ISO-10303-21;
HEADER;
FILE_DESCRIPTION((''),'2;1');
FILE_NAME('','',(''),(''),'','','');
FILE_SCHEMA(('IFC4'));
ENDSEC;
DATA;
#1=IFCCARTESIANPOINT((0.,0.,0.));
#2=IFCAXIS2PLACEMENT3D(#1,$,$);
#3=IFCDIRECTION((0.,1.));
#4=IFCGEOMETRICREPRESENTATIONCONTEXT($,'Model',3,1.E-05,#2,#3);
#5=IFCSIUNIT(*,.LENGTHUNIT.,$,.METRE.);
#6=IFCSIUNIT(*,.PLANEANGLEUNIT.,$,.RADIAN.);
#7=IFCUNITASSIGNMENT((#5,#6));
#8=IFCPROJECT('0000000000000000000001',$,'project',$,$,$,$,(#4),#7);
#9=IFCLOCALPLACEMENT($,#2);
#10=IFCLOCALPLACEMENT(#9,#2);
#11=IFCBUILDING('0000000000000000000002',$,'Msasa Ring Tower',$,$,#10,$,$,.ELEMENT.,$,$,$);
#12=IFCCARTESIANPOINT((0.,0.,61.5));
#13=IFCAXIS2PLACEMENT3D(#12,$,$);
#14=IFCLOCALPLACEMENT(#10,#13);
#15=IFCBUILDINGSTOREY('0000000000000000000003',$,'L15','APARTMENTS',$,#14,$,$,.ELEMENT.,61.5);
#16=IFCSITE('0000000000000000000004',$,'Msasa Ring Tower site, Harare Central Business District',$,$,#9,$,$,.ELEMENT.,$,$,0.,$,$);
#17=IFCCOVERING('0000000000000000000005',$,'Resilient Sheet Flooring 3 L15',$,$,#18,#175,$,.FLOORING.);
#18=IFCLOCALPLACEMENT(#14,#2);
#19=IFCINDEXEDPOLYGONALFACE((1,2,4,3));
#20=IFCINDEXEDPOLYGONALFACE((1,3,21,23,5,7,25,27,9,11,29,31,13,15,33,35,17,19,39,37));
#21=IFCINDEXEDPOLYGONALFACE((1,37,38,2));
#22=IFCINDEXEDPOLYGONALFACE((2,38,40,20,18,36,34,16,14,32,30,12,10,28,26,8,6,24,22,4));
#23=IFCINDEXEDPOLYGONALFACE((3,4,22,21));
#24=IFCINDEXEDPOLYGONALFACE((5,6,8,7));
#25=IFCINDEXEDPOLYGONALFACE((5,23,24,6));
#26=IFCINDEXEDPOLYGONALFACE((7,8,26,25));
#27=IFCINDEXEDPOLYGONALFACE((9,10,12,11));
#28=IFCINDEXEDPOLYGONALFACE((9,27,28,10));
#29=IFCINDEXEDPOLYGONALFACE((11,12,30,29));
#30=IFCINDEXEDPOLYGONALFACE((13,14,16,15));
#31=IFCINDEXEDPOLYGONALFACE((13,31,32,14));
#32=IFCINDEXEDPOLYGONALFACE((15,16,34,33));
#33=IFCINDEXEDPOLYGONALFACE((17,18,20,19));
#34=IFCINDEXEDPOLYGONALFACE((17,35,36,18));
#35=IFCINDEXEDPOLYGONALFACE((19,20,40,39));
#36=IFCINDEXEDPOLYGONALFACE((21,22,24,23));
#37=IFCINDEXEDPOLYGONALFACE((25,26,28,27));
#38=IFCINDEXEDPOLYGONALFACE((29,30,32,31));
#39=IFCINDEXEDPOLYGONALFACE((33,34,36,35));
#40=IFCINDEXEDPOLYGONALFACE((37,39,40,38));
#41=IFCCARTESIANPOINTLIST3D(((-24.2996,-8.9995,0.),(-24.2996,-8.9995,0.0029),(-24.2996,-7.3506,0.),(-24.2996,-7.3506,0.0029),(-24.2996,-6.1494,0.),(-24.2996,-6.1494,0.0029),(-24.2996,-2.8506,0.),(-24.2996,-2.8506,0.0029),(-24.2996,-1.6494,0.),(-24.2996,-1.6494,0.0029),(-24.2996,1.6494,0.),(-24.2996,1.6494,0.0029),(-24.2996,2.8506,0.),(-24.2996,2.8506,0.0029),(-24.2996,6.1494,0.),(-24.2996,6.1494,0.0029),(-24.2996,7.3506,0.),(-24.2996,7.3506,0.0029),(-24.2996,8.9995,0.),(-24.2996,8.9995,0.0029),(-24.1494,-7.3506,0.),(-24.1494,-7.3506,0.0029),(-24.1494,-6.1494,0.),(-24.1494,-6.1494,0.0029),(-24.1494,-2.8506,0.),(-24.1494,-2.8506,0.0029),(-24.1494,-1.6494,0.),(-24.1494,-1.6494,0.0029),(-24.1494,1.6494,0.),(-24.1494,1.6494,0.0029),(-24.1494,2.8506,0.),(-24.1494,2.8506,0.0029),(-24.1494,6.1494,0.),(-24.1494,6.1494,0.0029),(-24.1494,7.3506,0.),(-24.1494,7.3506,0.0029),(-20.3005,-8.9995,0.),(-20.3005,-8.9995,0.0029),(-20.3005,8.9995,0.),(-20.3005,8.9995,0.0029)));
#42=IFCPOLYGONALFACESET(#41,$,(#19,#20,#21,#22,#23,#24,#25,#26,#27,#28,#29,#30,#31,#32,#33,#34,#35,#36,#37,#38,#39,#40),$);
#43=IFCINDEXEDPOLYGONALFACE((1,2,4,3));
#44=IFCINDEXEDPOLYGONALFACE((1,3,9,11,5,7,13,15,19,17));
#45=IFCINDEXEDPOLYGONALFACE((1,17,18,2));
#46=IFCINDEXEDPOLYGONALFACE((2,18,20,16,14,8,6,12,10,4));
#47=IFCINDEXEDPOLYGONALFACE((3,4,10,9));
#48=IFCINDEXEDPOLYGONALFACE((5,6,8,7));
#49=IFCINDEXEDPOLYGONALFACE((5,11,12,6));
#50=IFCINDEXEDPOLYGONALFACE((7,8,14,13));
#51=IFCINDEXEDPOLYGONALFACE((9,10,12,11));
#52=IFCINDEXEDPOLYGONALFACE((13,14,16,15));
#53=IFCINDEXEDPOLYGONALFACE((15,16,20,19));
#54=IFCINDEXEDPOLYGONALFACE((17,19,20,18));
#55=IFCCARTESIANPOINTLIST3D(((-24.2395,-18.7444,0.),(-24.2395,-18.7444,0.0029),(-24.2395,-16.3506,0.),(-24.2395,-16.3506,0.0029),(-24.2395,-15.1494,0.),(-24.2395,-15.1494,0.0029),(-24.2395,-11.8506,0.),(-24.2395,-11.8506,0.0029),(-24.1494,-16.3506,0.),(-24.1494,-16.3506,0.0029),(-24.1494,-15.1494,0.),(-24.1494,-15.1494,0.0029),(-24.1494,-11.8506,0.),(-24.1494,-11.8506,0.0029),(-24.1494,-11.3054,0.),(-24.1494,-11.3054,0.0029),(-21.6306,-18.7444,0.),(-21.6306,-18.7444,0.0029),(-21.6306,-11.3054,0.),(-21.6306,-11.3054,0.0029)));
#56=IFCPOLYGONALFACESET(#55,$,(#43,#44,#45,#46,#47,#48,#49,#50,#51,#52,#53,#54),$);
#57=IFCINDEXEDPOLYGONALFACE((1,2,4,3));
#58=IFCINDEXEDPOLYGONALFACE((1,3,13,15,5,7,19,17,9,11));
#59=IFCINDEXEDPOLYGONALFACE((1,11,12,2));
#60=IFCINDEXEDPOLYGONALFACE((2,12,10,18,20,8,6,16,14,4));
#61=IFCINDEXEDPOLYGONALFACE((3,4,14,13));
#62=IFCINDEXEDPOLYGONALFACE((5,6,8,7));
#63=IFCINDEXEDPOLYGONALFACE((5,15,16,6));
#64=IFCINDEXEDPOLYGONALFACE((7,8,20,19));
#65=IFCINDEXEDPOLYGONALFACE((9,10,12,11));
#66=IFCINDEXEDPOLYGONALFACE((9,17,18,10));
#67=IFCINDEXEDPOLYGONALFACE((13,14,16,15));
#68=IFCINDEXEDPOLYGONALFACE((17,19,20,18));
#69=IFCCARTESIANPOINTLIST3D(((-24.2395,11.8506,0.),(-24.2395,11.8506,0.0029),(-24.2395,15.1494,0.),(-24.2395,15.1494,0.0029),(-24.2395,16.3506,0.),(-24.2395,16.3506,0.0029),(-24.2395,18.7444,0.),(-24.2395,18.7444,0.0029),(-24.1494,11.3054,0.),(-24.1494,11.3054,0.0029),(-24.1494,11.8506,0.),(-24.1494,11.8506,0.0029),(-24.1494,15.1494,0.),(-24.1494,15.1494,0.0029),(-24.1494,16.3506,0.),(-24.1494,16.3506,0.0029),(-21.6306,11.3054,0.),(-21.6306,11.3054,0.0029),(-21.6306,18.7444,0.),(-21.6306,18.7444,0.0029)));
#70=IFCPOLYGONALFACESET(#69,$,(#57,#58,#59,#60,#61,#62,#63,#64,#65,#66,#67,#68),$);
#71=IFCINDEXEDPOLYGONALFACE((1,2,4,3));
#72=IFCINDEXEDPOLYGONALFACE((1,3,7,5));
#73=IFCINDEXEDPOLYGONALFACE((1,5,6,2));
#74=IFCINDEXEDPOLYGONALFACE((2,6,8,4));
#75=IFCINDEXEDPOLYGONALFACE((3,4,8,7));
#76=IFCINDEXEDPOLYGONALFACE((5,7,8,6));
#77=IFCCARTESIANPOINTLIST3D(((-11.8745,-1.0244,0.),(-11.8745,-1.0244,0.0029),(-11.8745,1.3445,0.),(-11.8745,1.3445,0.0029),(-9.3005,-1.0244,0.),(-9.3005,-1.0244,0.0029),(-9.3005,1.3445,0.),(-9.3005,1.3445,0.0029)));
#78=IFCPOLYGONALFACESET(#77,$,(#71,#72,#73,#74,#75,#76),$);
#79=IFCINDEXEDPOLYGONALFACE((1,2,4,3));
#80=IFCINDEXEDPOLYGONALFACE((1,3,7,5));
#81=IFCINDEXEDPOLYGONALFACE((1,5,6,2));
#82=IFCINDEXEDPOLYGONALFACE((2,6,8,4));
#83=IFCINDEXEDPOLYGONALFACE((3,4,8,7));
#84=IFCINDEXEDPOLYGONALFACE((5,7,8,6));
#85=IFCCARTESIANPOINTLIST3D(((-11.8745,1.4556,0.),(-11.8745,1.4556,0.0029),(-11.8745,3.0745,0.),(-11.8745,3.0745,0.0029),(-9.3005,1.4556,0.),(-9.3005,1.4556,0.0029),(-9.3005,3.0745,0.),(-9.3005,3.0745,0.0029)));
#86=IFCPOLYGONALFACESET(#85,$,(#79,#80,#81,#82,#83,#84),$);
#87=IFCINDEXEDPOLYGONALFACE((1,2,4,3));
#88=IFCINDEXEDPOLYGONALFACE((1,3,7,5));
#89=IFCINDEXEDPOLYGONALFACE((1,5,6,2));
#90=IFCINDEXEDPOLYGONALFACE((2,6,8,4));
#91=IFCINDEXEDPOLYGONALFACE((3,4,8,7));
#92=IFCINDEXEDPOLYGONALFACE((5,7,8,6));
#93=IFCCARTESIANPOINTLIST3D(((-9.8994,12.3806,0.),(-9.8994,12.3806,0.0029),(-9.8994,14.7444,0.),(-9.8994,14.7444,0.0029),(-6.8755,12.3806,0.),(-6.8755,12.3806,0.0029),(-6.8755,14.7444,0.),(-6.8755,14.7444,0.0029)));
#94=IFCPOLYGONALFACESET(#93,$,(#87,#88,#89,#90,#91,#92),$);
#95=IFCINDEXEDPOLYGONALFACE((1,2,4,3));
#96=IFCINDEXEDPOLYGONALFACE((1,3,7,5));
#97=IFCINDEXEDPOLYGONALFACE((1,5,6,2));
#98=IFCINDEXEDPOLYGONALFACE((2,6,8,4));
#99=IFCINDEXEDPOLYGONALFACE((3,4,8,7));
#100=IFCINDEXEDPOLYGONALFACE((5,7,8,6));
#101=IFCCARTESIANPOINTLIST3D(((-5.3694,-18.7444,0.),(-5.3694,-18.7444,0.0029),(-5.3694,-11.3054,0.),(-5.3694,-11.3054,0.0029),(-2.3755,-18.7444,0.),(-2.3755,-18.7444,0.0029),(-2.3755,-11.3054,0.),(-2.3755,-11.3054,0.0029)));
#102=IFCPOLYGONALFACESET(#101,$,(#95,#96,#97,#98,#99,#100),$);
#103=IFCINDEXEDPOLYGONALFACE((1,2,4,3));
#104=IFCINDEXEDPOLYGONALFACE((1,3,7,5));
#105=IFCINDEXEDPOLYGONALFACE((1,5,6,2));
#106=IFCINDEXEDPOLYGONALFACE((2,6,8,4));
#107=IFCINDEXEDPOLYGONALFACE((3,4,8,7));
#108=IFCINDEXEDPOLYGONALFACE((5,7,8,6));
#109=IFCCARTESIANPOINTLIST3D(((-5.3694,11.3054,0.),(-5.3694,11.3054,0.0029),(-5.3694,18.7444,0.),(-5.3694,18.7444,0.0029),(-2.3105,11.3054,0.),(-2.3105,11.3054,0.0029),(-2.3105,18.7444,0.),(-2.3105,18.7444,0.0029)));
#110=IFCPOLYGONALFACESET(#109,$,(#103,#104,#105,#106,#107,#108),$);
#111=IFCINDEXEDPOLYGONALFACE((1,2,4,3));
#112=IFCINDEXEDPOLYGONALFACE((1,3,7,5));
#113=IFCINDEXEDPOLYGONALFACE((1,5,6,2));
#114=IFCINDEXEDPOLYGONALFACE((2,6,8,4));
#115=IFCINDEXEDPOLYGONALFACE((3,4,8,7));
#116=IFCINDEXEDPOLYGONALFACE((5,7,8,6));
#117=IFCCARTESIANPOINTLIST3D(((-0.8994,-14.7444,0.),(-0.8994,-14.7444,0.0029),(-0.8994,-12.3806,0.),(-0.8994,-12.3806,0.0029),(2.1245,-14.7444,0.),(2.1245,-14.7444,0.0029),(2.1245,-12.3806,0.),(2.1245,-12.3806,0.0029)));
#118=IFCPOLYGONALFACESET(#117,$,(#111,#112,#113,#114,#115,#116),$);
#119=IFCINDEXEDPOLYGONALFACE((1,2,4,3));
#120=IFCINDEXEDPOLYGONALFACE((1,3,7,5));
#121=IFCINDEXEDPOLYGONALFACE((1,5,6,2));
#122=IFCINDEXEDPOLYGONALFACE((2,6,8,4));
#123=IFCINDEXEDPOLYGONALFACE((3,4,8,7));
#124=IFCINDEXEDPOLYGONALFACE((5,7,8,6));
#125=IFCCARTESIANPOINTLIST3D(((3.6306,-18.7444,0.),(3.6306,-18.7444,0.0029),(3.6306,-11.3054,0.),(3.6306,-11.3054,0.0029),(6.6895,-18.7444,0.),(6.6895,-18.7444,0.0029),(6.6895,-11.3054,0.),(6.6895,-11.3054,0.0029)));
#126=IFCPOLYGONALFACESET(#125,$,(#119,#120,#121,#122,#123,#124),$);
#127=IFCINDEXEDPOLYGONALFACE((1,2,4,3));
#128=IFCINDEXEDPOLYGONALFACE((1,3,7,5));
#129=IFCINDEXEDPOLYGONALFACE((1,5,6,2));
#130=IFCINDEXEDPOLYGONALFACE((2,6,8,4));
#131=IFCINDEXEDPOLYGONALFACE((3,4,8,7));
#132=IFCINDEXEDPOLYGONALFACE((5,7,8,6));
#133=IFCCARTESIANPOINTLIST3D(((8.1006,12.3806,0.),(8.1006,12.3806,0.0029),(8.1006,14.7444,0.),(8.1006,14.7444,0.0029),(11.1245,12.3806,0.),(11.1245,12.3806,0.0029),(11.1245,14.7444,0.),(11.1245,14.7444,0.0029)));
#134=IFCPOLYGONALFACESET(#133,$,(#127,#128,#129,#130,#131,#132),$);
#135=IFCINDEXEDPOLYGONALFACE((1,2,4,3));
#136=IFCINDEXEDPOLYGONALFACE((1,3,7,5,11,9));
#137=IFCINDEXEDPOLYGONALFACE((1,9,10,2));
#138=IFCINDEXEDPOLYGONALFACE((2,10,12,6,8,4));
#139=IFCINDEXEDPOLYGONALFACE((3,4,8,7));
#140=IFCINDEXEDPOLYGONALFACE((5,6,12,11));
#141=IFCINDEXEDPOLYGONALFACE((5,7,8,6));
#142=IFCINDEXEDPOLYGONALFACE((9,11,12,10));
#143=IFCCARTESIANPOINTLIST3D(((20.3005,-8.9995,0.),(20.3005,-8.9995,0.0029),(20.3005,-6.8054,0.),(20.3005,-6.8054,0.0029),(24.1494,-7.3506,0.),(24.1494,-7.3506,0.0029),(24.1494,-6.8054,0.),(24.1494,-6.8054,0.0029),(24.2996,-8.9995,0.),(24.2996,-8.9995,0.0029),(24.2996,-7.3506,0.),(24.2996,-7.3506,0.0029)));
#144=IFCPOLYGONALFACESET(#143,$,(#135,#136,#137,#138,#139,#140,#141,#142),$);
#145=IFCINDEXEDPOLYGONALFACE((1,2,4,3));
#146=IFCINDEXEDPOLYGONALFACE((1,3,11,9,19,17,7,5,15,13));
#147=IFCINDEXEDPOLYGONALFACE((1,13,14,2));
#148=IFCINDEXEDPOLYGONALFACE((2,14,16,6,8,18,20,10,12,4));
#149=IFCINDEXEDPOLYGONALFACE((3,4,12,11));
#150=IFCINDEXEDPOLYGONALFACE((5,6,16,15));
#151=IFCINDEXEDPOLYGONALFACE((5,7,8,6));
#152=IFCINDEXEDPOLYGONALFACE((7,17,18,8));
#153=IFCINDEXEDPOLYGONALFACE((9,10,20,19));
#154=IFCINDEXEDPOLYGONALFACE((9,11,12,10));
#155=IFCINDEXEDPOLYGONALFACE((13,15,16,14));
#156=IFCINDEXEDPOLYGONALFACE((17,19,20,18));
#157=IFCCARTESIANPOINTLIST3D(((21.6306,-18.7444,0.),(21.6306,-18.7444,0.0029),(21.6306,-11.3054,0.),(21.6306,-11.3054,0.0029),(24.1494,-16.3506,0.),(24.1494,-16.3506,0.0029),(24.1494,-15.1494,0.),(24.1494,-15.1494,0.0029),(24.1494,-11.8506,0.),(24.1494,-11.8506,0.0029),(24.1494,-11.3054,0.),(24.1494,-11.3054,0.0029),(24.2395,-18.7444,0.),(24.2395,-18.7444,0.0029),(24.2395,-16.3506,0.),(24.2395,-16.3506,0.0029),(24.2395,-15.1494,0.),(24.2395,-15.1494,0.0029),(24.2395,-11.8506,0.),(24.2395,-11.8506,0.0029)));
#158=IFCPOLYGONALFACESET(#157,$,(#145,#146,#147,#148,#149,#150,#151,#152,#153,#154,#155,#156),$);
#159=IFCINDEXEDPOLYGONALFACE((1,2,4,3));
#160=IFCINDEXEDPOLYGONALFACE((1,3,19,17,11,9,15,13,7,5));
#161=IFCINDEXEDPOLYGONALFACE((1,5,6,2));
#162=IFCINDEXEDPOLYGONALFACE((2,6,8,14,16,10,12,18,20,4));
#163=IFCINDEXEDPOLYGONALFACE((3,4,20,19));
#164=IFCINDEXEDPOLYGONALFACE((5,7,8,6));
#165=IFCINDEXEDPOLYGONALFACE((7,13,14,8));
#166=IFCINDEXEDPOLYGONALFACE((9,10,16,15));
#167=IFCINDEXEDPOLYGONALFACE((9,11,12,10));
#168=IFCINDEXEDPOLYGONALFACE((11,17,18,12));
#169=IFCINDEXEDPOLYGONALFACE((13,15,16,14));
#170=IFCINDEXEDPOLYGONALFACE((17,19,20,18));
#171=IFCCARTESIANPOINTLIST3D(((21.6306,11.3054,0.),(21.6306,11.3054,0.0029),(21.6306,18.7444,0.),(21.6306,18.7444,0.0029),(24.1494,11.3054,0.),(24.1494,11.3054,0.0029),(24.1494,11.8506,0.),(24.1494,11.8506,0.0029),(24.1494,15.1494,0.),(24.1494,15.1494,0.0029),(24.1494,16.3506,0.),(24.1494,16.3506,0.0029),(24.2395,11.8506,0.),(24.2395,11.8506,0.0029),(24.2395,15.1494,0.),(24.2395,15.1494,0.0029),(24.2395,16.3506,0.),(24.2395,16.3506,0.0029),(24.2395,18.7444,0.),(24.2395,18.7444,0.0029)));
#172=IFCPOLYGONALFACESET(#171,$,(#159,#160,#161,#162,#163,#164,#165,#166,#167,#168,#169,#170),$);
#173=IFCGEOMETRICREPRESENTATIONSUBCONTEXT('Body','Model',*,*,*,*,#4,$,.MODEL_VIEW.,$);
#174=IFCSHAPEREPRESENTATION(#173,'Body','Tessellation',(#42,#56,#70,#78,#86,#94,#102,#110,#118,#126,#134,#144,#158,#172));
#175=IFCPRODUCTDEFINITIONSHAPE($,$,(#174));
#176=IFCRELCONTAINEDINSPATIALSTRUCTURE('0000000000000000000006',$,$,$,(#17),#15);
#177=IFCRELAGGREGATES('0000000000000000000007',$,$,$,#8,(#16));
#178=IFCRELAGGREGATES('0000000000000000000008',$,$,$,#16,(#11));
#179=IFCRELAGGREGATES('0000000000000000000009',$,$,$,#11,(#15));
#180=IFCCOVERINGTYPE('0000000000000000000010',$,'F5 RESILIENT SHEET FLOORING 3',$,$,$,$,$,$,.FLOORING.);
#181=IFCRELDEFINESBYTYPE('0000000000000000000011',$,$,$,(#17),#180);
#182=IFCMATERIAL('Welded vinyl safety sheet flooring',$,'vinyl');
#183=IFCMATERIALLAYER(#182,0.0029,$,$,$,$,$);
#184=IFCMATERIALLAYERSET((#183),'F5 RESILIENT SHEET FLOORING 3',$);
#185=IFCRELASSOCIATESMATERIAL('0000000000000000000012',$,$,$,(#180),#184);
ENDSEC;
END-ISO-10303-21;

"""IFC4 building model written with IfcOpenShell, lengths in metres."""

from ifc_helpers import new_model, si_unit, direction, frame, origin, place, context, subcontext, project, spatial, line, indexed_curve, outline, extrude, material, layer, layer_set, type_object, element, save


model = new_model("IFC4")

# Units and contexts
model_context = context("Model", 3, precision=1e-05, world=origin(), true_north=direction((0.0, 1.0)))
body_context = subcontext(model_context, "Body", "Model", "MODEL_VIEW")
ifc_project = project(units=[si_unit("LENGTHUNIT", "METRE"), si_unit("PLANEANGLEUNIT", "RADIAN")], contexts=[model_context])

# Site, building, storey
site_placement = place(None, origin())
site = spatial("IfcSite", under=ifc_project, at=site_placement, Name="Msasa Ring Tower site, Harare Central Business District", CompositionType="ELEMENT", RefElevation=0.0)
building_placement = place(site_placement, origin())
building = spatial("IfcBuilding", under=site, at=building_placement, Name="Msasa Ring Tower", CompositionType="ELEMENT")
storey_placement = place(building_placement, frame((0.0, 0.0, 61.5)))
storey = spatial("IfcBuildingStorey", under=building, at=storey_placement, Name="L15", Description="APARTMENTS", CompositionType="ELEMENT", Elevation=61.5)

# Covering
ifc_material_1 = material(Name="Welded vinyl safety sheet flooring", Category="vinyl")
ifc_layer_1 = layer(ifc_material_1, 0.0029)
ifc_layer_set_1 = layer_set([ifc_layer_1], Name="F5 RESILIENT SHEET FLOORING 3")
covering_type_1 = type_object("IfcCoveringType", Name="F5 RESILIENT SHEET FLOORING 3", PredefinedType="FLOORING", material=ifc_layer_set_1)
covering_1_placement = place(storey_placement, origin())
element("IfcCovering", 1, at=covering_1_placement, inside=storey, type_object=covering_type_1, Name="Resilient Sheet Flooring 3 L15", PredefinedType="FLOORING", context=body_context, shape_type="SweptSolid", body=[
    extrude(outline(indexed_curve([(-24.2996, -8.9995), (-24.2996, -7.3506), (-24.1494, -7.3506), (-24.1494, -6.1494), (-24.2996, -6.1494), (-24.2996, -2.8506), (-24.1494, -2.8506), (-24.1494, -1.6494), (-24.2996, -1.6494), (-24.2996, 1.6494), (-24.1494, 1.6494), (-24.1494, 2.8506), (-24.2996, 2.8506), (-24.2996, 6.1494), (-24.1494, 6.1494), (-24.1494, 7.3506), (-24.2996, 7.3506), (-24.2996, 8.9995), (-20.3005, 8.9995), (-20.3005, -8.9995)], segments=[line(1, 2, 3, 4, 5, 6, 7, 8, 9, 10, 11, 12, 13, 14, 15, 16, 17, 18, 19, 20, 1)], self_intersect=False)), origin(), (0.0, 0.0, 1.0), 0.0029),
    extrude(outline(indexed_curve([(-24.2395, -16.3506), (-24.1494, -16.3506), (-24.1494, -15.1494), (-24.2395, -15.1494), (-24.2395, -11.8506), (-24.1494, -11.8506), (-24.1494, -11.3054), (-21.6306, -11.3054), (-21.6306, -18.7444), (-24.2395, -18.7444)], segments=[line(1, 2, 3, 4, 5, 6, 7, 8, 9, 10, 1)], self_intersect=False)), origin(), (0.0, 0.0, 1.0), 0.0029),
    extrude(outline(indexed_curve([(-21.6306, 18.7444), (-21.6306, 11.3054), (-24.1494, 11.3054), (-24.1494, 11.8506), (-24.2395, 11.8506), (-24.2395, 15.1494), (-24.1494, 15.1494), (-24.1494, 16.3506), (-24.2395, 16.3506), (-24.2395, 18.7444)], segments=[line(1, 2, 3, 4, 5, 6, 7, 8, 9, 10, 1)], self_intersect=False)), origin(), (0.0, 0.0, 1.0), 0.0029),
    extrude(outline(indexed_curve([(-9.3005, 1.3445), (-9.3005, -1.0244), (-11.8745, -1.0244), (-11.8745, 1.3445)], segments=[line(1, 2, 3, 4, 1)], self_intersect=False)), origin(), (0.0, 0.0, 1.0), 0.0029),
    extrude(outline(indexed_curve([(-9.3005, 3.0745), (-9.3005, 1.4556), (-11.8745, 1.4556), (-11.8745, 3.0745)], segments=[line(1, 2, 3, 4, 1)], self_intersect=False)), origin(), (0.0, 0.0, 1.0), 0.0029),
    extrude(outline(indexed_curve([(-6.8755, 14.7444), (-6.8755, 12.3806), (-9.8994, 12.3806), (-9.8994, 14.7444)], segments=[line(1, 2, 3, 4, 1)], self_intersect=False)), origin(), (0.0, 0.0, 1.0), 0.0029),
    extrude(outline(indexed_curve([(-5.3694, -11.3054), (-2.3755, -11.3054), (-2.3755, -18.7444), (-5.3694, -18.7444)], segments=[line(1, 2, 3, 4, 1)], self_intersect=False)), origin(), (0.0, 0.0, 1.0), 0.0029),
    extrude(outline(indexed_curve([(-2.3105, 18.7444), (-2.3105, 11.3054), (-5.3694, 11.3054), (-5.3694, 18.7444)], segments=[line(1, 2, 3, 4, 1)], self_intersect=False)), origin(), (0.0, 0.0, 1.0), 0.0029),
    extrude(outline(indexed_curve([(2.1245, -12.3806), (2.1245, -14.7444), (-0.8994, -14.7444), (-0.8994, -12.3806)], segments=[line(1, 2, 3, 4, 1)], self_intersect=False)), origin(), (0.0, 0.0, 1.0), 0.0029),
    extrude(outline(indexed_curve([(6.6895, -11.3054), (6.6895, -18.7444), (3.6306, -18.7444), (3.6306, -11.3054)], segments=[line(1, 2, 3, 4, 1)], self_intersect=False)), origin(), (0.0, 0.0, 1.0), 0.0029),
    extrude(outline(indexed_curve([(11.1245, 14.7444), (11.1245, 12.3806), (8.1006, 12.3806), (8.1006, 14.7444)], segments=[line(1, 2, 3, 4, 1)], self_intersect=False)), origin(), (0.0, 0.0, 1.0), 0.0029),
    extrude(outline(indexed_curve([(20.3005, -6.8054), (24.1494, -6.8054), (24.1494, -7.3506), (24.2996, -7.3506), (24.2996, -8.9995), (20.3005, -8.9995)], segments=[line(1, 2, 3, 4, 5, 6, 1)], self_intersect=False)), origin(), (0.0, 0.0, 1.0), 0.0029),
    extrude(outline(indexed_curve([(24.1494, -11.3054), (24.1494, -11.8506), (24.2395, -11.8506), (24.2395, -15.1494), (24.1494, -15.1494), (24.1494, -16.3506), (24.2395, -16.3506), (24.2395, -18.7444), (21.6306, -18.7444), (21.6306, -11.3054)], segments=[line(1, 2, 3, 4, 5, 6, 7, 8, 9, 10, 1)], self_intersect=False)), origin(), (0.0, 0.0, 1.0), 0.0029),
    extrude(outline(indexed_curve([(24.2395, 18.7444), (24.2395, 16.3506), (24.1494, 16.3506), (24.1494, 15.1494), (24.2395, 15.1494), (24.2395, 11.8506), (24.1494, 11.8506), (24.1494, 11.3054), (21.6306, 11.3054), (21.6306, 18.7444)], segments=[line(1, 2, 3, 4, 5, 6, 7, 8, 9, 10, 1)], self_intersect=False)), origin(), (0.0, 0.0, 1.0), 0.0029),
])

save(model, "model.ifc")
